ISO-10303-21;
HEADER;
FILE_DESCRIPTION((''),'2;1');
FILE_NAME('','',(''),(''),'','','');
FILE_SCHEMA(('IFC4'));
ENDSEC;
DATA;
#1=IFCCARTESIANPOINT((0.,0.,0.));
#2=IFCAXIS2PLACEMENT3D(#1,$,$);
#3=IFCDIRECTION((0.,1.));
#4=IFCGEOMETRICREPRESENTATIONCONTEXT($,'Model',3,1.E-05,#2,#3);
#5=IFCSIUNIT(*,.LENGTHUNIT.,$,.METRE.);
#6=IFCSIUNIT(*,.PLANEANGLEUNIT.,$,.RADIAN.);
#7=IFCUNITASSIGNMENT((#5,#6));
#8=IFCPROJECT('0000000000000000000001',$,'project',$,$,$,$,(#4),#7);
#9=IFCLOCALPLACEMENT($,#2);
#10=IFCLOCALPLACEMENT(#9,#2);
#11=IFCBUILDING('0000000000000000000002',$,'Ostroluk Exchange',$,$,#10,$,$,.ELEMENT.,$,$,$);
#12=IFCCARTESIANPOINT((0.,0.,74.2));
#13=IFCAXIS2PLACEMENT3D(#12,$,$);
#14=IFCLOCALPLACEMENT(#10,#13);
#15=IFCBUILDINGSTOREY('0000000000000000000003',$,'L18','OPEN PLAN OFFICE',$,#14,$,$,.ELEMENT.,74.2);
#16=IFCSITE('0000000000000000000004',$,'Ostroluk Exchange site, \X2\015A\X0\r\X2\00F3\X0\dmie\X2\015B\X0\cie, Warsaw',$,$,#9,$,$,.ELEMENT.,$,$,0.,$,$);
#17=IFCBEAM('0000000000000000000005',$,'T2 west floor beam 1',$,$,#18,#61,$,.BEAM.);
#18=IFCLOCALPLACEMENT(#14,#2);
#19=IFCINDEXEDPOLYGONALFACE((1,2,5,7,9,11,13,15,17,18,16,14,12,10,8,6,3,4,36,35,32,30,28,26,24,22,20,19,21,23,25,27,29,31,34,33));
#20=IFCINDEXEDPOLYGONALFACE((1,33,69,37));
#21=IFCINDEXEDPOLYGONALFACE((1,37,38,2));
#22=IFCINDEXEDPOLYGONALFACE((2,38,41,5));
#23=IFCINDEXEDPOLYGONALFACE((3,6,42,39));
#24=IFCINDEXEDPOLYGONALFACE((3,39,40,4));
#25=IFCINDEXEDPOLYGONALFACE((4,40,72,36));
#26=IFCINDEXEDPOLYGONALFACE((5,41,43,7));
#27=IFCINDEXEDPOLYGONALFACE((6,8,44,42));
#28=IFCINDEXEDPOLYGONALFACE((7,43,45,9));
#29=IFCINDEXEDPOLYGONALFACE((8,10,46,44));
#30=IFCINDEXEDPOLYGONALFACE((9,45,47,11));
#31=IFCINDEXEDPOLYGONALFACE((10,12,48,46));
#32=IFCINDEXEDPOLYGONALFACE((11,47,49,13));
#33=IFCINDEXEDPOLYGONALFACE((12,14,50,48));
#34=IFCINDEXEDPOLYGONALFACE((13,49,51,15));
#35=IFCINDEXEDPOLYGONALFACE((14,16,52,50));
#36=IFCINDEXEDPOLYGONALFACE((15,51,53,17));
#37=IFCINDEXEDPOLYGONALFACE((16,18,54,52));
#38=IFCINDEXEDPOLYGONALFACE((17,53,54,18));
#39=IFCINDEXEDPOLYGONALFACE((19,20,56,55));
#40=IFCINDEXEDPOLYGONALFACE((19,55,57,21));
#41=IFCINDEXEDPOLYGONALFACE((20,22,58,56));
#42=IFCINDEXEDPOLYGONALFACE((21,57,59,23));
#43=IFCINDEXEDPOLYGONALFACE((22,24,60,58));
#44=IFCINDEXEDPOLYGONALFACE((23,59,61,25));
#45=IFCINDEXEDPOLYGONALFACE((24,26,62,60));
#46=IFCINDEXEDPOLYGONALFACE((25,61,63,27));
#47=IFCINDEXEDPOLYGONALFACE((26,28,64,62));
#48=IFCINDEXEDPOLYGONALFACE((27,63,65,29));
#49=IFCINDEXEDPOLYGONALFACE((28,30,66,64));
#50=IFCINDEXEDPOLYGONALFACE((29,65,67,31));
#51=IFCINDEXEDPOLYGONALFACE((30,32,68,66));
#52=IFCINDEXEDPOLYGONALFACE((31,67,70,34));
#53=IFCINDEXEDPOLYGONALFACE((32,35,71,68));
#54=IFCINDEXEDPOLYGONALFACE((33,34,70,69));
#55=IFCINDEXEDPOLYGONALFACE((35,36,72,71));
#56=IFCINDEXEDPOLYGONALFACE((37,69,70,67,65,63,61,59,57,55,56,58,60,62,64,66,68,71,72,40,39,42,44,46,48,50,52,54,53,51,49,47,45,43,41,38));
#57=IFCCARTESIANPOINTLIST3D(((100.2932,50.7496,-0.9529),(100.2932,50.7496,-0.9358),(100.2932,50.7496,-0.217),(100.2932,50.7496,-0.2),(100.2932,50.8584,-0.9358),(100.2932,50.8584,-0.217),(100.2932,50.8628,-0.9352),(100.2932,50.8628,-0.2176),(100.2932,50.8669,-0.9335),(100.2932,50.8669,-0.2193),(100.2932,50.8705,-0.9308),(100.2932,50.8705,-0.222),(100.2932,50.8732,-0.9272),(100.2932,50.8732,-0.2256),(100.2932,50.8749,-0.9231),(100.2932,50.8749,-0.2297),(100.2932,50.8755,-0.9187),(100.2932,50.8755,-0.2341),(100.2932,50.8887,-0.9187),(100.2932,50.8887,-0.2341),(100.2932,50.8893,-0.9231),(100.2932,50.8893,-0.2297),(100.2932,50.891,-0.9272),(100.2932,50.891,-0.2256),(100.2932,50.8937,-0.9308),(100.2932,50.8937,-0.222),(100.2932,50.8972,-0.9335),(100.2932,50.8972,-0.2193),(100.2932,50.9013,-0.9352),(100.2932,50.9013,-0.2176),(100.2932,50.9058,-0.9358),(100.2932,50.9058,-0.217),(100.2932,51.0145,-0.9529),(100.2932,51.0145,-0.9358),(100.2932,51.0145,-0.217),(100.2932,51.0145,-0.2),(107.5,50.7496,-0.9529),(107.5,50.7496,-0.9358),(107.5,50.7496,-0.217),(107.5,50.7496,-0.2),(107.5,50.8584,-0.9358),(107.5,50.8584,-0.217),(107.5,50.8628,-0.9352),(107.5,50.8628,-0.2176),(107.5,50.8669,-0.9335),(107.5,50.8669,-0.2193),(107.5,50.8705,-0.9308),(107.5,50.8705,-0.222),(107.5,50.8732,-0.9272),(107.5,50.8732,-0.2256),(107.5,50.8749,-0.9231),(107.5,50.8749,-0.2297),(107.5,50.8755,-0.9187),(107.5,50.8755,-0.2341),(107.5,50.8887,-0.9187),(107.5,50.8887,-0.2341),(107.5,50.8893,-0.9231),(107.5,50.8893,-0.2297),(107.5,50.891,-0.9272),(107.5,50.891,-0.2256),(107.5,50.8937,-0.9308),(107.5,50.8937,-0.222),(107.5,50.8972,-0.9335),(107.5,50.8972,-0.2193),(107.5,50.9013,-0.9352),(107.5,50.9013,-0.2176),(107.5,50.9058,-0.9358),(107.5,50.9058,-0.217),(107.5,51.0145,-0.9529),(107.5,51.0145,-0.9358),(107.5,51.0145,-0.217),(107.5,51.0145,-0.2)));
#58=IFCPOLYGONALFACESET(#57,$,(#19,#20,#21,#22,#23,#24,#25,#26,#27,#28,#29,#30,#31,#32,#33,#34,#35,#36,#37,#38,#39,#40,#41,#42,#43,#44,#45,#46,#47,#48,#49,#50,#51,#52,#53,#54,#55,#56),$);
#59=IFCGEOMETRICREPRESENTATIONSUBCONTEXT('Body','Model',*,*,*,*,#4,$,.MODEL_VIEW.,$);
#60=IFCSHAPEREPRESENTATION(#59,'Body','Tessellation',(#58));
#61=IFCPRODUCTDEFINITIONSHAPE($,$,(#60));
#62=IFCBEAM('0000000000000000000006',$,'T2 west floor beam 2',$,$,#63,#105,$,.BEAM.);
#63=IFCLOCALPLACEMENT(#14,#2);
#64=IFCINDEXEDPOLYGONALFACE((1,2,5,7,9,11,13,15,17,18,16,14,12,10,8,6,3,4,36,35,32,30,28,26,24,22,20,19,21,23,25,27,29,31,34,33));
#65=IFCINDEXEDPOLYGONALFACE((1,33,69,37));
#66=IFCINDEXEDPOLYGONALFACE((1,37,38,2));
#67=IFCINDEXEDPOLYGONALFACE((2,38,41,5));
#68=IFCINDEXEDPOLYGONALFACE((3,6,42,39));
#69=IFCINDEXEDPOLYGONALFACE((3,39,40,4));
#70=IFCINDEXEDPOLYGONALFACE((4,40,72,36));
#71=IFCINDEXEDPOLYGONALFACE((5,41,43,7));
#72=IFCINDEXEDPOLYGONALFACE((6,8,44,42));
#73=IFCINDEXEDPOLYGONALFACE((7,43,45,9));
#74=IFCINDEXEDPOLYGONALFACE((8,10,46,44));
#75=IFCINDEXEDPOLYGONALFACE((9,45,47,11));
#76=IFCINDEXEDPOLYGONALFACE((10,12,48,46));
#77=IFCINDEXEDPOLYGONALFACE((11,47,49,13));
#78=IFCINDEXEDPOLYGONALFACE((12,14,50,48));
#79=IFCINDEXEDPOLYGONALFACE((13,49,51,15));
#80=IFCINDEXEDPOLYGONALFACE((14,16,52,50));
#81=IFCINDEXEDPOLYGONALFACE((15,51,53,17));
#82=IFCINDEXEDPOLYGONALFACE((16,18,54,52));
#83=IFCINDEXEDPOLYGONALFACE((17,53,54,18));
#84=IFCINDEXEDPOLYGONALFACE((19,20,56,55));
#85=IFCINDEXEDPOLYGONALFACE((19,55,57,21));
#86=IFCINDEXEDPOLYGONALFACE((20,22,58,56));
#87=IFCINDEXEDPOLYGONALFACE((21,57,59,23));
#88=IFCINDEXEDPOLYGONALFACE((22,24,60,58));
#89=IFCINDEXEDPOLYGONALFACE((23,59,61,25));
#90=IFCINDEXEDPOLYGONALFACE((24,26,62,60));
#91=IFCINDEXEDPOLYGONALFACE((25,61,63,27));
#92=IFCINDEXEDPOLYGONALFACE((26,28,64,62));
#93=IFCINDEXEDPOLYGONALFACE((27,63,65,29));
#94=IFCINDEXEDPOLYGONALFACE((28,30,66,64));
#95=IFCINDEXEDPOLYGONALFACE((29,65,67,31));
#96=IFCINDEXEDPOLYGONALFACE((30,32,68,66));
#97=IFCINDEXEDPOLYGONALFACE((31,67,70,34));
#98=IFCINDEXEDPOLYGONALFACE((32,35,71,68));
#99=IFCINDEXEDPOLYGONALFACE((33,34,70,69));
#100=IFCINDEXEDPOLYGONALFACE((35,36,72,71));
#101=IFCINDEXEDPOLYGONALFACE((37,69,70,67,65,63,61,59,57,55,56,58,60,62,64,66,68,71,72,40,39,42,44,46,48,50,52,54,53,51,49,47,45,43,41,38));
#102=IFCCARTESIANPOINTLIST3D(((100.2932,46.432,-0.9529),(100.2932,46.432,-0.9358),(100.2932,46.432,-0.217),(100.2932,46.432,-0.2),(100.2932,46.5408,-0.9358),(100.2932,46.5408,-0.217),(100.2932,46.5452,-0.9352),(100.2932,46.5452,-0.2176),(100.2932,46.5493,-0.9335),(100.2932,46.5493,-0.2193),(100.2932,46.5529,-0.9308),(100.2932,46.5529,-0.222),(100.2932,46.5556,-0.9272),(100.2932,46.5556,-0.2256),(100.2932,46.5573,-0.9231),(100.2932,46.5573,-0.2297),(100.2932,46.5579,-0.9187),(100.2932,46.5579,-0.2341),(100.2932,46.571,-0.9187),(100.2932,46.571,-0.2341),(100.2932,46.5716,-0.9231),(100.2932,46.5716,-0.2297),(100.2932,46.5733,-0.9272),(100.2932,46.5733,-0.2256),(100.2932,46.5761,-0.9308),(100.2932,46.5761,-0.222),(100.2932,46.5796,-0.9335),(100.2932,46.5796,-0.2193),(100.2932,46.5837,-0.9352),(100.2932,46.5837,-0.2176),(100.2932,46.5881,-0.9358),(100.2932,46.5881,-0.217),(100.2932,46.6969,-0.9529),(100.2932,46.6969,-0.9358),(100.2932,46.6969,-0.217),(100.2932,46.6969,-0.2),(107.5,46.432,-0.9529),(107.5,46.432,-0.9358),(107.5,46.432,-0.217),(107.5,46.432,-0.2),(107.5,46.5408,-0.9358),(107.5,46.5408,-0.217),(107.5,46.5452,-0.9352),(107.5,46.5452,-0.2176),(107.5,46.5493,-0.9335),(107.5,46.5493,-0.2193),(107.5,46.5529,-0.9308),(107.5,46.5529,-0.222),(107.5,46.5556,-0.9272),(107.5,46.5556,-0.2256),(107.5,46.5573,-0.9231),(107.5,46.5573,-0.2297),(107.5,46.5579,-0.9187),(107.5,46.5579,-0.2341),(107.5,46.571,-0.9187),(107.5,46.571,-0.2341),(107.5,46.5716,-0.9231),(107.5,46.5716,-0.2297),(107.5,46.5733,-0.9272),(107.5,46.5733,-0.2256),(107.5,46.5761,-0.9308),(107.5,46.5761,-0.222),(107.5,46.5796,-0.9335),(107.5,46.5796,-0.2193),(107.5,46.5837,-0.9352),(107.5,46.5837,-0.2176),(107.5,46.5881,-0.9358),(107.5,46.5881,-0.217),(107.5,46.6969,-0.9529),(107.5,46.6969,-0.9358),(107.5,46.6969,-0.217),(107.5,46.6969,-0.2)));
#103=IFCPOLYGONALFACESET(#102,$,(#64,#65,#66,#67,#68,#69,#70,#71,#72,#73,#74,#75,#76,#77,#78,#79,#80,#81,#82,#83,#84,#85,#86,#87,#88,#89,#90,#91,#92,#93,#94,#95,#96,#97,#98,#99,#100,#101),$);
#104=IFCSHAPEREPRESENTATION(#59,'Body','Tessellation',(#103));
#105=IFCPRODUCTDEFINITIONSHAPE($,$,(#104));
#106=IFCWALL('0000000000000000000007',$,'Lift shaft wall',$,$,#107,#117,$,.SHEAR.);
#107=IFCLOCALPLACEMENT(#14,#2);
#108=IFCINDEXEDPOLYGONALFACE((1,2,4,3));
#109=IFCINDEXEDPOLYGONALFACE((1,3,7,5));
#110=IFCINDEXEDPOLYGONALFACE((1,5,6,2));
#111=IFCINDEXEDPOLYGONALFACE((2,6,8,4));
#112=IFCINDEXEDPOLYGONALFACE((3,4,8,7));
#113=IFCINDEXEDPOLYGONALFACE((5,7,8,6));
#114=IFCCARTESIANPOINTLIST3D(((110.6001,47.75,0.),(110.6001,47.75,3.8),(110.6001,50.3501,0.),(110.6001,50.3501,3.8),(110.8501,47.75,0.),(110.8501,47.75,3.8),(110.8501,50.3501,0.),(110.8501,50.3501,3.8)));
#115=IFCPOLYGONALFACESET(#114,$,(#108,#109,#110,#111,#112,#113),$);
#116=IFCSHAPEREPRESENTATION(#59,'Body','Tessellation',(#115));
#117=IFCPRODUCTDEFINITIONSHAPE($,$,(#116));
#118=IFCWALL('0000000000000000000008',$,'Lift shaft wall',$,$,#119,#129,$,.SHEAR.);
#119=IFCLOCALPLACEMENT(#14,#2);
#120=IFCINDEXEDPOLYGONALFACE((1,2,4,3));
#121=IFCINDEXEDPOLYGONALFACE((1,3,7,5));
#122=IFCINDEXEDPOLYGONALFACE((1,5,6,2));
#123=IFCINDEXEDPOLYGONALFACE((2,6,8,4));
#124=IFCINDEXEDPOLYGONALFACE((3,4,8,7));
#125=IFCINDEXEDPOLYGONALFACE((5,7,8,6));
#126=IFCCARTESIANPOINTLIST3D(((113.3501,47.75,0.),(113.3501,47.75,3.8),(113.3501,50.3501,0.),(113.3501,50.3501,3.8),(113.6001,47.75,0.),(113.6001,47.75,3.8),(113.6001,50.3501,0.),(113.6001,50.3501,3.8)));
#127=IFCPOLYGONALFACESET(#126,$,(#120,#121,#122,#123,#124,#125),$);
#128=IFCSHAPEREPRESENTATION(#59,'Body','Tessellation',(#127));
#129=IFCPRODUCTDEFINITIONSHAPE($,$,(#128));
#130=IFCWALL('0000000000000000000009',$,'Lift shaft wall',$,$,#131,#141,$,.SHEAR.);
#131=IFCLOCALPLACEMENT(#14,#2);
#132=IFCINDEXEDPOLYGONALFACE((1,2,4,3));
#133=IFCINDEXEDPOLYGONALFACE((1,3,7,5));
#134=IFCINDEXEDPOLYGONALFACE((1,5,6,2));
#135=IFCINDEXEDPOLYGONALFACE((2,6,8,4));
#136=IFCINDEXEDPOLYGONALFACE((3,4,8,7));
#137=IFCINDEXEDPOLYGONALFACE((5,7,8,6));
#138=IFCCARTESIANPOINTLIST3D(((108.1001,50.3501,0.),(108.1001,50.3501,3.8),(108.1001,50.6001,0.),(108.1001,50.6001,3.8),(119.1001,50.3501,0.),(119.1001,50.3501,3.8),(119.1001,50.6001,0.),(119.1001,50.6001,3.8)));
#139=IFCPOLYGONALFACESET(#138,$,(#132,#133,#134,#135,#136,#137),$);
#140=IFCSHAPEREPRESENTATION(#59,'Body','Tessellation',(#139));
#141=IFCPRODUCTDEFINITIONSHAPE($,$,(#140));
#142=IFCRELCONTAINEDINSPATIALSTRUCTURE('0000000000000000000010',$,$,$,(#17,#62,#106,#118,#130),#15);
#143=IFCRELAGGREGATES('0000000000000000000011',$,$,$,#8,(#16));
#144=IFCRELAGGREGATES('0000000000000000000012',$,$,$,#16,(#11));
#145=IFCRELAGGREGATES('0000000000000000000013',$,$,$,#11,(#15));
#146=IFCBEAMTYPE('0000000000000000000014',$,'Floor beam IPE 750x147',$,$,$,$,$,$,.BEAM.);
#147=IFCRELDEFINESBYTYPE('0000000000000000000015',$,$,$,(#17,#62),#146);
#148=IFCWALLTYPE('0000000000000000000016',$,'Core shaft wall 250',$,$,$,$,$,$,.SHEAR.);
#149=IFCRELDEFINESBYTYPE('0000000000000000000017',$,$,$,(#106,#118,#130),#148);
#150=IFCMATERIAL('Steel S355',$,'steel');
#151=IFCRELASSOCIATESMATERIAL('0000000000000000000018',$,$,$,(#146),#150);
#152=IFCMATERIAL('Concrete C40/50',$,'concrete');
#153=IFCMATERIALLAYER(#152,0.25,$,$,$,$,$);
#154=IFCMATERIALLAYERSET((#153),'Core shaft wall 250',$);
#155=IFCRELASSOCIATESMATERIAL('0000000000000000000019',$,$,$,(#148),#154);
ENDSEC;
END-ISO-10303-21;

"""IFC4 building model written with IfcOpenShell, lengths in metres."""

from ifc_helpers import new_model, si_unit, direction, frame, frame_2d, origin, origin_2d, place, context, subcontext, project, spatial, rectangle, i_section, extrude, material, layer, layer_set, material_profile, profile_set, type_object, element, save


model = new_model("IFC4")

# Units and contexts
model_context = context("Model", 3, precision=1e-05, world=origin(), true_north=direction((0.0, 1.0)))
body_context = subcontext(model_context, "Body", "Model", "MODEL_VIEW")
ifc_project = project(units=[si_unit("LENGTHUNIT", "METRE"), si_unit("PLANEANGLEUNIT", "RADIAN")], contexts=[model_context])

# Site, building, storey
site_placement = place(None, origin())
site = spatial("IfcSite", under=ifc_project, at=site_placement, Name="Ostroluk Exchange site, Śródmieście, Warsaw", CompositionType="ELEMENT", RefElevation=0.0)
building_placement = place(site_placement, origin())
building = spatial("IfcBuilding", under=site, at=building_placement, Name="Ostroluk Exchange", CompositionType="ELEMENT")
storey_placement = place(building_placement, frame((0.0, 0.0, 74.2)))
storey = spatial("IfcBuildingStorey", under=building, at=storey_placement, Name="L18", Description="OPEN PLAN OFFICE", CompositionType="ELEMENT", Elevation=74.2)

# Beams
ifc_material_1 = material(Name="Steel S355", Category="steel")
ifc_material_profile = material_profile(ifc_material_1, i_section(OverallWidth=0.2649, OverallDepth=0.7529, WebThickness=0.0132, FlangeThickness=0.0171, FilletRadius=0.0171, at=origin_2d()), Name="IPE 750x147")
ifc_profile_set = profile_set([ifc_material_profile], Name="Steel S355")
beam_type = type_object("IfcBeamType", Name="Floor beam IPE 750x147", PredefinedType="BEAM", material=ifc_profile_set)
for number, where, z_axis, x_axis, name in (
    (1, (107.5, 50.8821, -0.5764), (-1.0, 0.0, 0.0), (0.0, -1.0, 0.0), "T2 west floor beam 1"),
    (2, (107.5, 46.5645, -0.5764), (-1.0, 0.0, 0.0), (0.0, -1.0, 0.0), "T2 west floor beam 2"),
):
    element("IfcBeam", number, at=place(storey_placement, frame(where, z_axis=z_axis, x_axis=x_axis)), inside=storey, type_object=beam_type, Name=name, PredefinedType="BEAM", context=body_context, shape_type="SweptSolid", body=[
        extrude(i_section(OverallWidth=0.2649, OverallDepth=0.7529, WebThickness=0.0132, FlangeThickness=0.0171, FilletRadius=0.0171, at=origin_2d()), origin(), (0.0, 0.0, 1.0), 7.2068),
    ])

# Walls
ifc_material_2 = material(Name="Concrete C40/50", Category="concrete")
ifc_layer_1 = layer(ifc_material_2, 0.25)
ifc_layer_set_1 = layer_set([ifc_layer_1], Name="Core shaft wall 250")
wall_type_1 = type_object("IfcWallType", Name="Core shaft wall 250", PredefinedType="SHEAR", material=ifc_layer_set_1)
for number, where, z_axis, x_axis, name in (
    (3, (110.7251, 47.75, 0.0), (0.0, 0.0, 1.0), (0.0, 1.0, 0.0), "Lift shaft wall"),
    (4, (113.4751, 47.75, 0.0), (0.0, 0.0, 1.0), (0.0, 1.0, 0.0), "Lift shaft wall"),
):
    element("IfcWall", number, at=place(storey_placement, frame(where, z_axis=z_axis, x_axis=x_axis)), inside=storey, type_object=wall_type_1, Name=name, PredefinedType="SHEAR", context=body_context, shape_type="SweptSolid", body=[
        extrude(rectangle(XDim=2.6001, YDim=0.25, at=frame_2d((1.3, 0.0))), origin(), (0.0, 0.0, 1.0), 3.8),
    ])
wall_1_placement = place(storey_placement, frame((108.1001, 50.4751, 0.0), z_axis=(0.0, 0.0, 1.0), x_axis=(1.0, 0.0, 0.0)))
element("IfcWall", 5, at=wall_1_placement, inside=storey, type_object=wall_type_1, Name="Lift shaft wall", PredefinedType="SHEAR", context=body_context, shape_type="SweptSolid", body=[
    extrude(rectangle(XDim=11.0, YDim=0.25, at=frame_2d((5.5, 0.0))), origin(), (0.0, 0.0, 1.0), 3.8),
])

save(model, "model.ifc")
